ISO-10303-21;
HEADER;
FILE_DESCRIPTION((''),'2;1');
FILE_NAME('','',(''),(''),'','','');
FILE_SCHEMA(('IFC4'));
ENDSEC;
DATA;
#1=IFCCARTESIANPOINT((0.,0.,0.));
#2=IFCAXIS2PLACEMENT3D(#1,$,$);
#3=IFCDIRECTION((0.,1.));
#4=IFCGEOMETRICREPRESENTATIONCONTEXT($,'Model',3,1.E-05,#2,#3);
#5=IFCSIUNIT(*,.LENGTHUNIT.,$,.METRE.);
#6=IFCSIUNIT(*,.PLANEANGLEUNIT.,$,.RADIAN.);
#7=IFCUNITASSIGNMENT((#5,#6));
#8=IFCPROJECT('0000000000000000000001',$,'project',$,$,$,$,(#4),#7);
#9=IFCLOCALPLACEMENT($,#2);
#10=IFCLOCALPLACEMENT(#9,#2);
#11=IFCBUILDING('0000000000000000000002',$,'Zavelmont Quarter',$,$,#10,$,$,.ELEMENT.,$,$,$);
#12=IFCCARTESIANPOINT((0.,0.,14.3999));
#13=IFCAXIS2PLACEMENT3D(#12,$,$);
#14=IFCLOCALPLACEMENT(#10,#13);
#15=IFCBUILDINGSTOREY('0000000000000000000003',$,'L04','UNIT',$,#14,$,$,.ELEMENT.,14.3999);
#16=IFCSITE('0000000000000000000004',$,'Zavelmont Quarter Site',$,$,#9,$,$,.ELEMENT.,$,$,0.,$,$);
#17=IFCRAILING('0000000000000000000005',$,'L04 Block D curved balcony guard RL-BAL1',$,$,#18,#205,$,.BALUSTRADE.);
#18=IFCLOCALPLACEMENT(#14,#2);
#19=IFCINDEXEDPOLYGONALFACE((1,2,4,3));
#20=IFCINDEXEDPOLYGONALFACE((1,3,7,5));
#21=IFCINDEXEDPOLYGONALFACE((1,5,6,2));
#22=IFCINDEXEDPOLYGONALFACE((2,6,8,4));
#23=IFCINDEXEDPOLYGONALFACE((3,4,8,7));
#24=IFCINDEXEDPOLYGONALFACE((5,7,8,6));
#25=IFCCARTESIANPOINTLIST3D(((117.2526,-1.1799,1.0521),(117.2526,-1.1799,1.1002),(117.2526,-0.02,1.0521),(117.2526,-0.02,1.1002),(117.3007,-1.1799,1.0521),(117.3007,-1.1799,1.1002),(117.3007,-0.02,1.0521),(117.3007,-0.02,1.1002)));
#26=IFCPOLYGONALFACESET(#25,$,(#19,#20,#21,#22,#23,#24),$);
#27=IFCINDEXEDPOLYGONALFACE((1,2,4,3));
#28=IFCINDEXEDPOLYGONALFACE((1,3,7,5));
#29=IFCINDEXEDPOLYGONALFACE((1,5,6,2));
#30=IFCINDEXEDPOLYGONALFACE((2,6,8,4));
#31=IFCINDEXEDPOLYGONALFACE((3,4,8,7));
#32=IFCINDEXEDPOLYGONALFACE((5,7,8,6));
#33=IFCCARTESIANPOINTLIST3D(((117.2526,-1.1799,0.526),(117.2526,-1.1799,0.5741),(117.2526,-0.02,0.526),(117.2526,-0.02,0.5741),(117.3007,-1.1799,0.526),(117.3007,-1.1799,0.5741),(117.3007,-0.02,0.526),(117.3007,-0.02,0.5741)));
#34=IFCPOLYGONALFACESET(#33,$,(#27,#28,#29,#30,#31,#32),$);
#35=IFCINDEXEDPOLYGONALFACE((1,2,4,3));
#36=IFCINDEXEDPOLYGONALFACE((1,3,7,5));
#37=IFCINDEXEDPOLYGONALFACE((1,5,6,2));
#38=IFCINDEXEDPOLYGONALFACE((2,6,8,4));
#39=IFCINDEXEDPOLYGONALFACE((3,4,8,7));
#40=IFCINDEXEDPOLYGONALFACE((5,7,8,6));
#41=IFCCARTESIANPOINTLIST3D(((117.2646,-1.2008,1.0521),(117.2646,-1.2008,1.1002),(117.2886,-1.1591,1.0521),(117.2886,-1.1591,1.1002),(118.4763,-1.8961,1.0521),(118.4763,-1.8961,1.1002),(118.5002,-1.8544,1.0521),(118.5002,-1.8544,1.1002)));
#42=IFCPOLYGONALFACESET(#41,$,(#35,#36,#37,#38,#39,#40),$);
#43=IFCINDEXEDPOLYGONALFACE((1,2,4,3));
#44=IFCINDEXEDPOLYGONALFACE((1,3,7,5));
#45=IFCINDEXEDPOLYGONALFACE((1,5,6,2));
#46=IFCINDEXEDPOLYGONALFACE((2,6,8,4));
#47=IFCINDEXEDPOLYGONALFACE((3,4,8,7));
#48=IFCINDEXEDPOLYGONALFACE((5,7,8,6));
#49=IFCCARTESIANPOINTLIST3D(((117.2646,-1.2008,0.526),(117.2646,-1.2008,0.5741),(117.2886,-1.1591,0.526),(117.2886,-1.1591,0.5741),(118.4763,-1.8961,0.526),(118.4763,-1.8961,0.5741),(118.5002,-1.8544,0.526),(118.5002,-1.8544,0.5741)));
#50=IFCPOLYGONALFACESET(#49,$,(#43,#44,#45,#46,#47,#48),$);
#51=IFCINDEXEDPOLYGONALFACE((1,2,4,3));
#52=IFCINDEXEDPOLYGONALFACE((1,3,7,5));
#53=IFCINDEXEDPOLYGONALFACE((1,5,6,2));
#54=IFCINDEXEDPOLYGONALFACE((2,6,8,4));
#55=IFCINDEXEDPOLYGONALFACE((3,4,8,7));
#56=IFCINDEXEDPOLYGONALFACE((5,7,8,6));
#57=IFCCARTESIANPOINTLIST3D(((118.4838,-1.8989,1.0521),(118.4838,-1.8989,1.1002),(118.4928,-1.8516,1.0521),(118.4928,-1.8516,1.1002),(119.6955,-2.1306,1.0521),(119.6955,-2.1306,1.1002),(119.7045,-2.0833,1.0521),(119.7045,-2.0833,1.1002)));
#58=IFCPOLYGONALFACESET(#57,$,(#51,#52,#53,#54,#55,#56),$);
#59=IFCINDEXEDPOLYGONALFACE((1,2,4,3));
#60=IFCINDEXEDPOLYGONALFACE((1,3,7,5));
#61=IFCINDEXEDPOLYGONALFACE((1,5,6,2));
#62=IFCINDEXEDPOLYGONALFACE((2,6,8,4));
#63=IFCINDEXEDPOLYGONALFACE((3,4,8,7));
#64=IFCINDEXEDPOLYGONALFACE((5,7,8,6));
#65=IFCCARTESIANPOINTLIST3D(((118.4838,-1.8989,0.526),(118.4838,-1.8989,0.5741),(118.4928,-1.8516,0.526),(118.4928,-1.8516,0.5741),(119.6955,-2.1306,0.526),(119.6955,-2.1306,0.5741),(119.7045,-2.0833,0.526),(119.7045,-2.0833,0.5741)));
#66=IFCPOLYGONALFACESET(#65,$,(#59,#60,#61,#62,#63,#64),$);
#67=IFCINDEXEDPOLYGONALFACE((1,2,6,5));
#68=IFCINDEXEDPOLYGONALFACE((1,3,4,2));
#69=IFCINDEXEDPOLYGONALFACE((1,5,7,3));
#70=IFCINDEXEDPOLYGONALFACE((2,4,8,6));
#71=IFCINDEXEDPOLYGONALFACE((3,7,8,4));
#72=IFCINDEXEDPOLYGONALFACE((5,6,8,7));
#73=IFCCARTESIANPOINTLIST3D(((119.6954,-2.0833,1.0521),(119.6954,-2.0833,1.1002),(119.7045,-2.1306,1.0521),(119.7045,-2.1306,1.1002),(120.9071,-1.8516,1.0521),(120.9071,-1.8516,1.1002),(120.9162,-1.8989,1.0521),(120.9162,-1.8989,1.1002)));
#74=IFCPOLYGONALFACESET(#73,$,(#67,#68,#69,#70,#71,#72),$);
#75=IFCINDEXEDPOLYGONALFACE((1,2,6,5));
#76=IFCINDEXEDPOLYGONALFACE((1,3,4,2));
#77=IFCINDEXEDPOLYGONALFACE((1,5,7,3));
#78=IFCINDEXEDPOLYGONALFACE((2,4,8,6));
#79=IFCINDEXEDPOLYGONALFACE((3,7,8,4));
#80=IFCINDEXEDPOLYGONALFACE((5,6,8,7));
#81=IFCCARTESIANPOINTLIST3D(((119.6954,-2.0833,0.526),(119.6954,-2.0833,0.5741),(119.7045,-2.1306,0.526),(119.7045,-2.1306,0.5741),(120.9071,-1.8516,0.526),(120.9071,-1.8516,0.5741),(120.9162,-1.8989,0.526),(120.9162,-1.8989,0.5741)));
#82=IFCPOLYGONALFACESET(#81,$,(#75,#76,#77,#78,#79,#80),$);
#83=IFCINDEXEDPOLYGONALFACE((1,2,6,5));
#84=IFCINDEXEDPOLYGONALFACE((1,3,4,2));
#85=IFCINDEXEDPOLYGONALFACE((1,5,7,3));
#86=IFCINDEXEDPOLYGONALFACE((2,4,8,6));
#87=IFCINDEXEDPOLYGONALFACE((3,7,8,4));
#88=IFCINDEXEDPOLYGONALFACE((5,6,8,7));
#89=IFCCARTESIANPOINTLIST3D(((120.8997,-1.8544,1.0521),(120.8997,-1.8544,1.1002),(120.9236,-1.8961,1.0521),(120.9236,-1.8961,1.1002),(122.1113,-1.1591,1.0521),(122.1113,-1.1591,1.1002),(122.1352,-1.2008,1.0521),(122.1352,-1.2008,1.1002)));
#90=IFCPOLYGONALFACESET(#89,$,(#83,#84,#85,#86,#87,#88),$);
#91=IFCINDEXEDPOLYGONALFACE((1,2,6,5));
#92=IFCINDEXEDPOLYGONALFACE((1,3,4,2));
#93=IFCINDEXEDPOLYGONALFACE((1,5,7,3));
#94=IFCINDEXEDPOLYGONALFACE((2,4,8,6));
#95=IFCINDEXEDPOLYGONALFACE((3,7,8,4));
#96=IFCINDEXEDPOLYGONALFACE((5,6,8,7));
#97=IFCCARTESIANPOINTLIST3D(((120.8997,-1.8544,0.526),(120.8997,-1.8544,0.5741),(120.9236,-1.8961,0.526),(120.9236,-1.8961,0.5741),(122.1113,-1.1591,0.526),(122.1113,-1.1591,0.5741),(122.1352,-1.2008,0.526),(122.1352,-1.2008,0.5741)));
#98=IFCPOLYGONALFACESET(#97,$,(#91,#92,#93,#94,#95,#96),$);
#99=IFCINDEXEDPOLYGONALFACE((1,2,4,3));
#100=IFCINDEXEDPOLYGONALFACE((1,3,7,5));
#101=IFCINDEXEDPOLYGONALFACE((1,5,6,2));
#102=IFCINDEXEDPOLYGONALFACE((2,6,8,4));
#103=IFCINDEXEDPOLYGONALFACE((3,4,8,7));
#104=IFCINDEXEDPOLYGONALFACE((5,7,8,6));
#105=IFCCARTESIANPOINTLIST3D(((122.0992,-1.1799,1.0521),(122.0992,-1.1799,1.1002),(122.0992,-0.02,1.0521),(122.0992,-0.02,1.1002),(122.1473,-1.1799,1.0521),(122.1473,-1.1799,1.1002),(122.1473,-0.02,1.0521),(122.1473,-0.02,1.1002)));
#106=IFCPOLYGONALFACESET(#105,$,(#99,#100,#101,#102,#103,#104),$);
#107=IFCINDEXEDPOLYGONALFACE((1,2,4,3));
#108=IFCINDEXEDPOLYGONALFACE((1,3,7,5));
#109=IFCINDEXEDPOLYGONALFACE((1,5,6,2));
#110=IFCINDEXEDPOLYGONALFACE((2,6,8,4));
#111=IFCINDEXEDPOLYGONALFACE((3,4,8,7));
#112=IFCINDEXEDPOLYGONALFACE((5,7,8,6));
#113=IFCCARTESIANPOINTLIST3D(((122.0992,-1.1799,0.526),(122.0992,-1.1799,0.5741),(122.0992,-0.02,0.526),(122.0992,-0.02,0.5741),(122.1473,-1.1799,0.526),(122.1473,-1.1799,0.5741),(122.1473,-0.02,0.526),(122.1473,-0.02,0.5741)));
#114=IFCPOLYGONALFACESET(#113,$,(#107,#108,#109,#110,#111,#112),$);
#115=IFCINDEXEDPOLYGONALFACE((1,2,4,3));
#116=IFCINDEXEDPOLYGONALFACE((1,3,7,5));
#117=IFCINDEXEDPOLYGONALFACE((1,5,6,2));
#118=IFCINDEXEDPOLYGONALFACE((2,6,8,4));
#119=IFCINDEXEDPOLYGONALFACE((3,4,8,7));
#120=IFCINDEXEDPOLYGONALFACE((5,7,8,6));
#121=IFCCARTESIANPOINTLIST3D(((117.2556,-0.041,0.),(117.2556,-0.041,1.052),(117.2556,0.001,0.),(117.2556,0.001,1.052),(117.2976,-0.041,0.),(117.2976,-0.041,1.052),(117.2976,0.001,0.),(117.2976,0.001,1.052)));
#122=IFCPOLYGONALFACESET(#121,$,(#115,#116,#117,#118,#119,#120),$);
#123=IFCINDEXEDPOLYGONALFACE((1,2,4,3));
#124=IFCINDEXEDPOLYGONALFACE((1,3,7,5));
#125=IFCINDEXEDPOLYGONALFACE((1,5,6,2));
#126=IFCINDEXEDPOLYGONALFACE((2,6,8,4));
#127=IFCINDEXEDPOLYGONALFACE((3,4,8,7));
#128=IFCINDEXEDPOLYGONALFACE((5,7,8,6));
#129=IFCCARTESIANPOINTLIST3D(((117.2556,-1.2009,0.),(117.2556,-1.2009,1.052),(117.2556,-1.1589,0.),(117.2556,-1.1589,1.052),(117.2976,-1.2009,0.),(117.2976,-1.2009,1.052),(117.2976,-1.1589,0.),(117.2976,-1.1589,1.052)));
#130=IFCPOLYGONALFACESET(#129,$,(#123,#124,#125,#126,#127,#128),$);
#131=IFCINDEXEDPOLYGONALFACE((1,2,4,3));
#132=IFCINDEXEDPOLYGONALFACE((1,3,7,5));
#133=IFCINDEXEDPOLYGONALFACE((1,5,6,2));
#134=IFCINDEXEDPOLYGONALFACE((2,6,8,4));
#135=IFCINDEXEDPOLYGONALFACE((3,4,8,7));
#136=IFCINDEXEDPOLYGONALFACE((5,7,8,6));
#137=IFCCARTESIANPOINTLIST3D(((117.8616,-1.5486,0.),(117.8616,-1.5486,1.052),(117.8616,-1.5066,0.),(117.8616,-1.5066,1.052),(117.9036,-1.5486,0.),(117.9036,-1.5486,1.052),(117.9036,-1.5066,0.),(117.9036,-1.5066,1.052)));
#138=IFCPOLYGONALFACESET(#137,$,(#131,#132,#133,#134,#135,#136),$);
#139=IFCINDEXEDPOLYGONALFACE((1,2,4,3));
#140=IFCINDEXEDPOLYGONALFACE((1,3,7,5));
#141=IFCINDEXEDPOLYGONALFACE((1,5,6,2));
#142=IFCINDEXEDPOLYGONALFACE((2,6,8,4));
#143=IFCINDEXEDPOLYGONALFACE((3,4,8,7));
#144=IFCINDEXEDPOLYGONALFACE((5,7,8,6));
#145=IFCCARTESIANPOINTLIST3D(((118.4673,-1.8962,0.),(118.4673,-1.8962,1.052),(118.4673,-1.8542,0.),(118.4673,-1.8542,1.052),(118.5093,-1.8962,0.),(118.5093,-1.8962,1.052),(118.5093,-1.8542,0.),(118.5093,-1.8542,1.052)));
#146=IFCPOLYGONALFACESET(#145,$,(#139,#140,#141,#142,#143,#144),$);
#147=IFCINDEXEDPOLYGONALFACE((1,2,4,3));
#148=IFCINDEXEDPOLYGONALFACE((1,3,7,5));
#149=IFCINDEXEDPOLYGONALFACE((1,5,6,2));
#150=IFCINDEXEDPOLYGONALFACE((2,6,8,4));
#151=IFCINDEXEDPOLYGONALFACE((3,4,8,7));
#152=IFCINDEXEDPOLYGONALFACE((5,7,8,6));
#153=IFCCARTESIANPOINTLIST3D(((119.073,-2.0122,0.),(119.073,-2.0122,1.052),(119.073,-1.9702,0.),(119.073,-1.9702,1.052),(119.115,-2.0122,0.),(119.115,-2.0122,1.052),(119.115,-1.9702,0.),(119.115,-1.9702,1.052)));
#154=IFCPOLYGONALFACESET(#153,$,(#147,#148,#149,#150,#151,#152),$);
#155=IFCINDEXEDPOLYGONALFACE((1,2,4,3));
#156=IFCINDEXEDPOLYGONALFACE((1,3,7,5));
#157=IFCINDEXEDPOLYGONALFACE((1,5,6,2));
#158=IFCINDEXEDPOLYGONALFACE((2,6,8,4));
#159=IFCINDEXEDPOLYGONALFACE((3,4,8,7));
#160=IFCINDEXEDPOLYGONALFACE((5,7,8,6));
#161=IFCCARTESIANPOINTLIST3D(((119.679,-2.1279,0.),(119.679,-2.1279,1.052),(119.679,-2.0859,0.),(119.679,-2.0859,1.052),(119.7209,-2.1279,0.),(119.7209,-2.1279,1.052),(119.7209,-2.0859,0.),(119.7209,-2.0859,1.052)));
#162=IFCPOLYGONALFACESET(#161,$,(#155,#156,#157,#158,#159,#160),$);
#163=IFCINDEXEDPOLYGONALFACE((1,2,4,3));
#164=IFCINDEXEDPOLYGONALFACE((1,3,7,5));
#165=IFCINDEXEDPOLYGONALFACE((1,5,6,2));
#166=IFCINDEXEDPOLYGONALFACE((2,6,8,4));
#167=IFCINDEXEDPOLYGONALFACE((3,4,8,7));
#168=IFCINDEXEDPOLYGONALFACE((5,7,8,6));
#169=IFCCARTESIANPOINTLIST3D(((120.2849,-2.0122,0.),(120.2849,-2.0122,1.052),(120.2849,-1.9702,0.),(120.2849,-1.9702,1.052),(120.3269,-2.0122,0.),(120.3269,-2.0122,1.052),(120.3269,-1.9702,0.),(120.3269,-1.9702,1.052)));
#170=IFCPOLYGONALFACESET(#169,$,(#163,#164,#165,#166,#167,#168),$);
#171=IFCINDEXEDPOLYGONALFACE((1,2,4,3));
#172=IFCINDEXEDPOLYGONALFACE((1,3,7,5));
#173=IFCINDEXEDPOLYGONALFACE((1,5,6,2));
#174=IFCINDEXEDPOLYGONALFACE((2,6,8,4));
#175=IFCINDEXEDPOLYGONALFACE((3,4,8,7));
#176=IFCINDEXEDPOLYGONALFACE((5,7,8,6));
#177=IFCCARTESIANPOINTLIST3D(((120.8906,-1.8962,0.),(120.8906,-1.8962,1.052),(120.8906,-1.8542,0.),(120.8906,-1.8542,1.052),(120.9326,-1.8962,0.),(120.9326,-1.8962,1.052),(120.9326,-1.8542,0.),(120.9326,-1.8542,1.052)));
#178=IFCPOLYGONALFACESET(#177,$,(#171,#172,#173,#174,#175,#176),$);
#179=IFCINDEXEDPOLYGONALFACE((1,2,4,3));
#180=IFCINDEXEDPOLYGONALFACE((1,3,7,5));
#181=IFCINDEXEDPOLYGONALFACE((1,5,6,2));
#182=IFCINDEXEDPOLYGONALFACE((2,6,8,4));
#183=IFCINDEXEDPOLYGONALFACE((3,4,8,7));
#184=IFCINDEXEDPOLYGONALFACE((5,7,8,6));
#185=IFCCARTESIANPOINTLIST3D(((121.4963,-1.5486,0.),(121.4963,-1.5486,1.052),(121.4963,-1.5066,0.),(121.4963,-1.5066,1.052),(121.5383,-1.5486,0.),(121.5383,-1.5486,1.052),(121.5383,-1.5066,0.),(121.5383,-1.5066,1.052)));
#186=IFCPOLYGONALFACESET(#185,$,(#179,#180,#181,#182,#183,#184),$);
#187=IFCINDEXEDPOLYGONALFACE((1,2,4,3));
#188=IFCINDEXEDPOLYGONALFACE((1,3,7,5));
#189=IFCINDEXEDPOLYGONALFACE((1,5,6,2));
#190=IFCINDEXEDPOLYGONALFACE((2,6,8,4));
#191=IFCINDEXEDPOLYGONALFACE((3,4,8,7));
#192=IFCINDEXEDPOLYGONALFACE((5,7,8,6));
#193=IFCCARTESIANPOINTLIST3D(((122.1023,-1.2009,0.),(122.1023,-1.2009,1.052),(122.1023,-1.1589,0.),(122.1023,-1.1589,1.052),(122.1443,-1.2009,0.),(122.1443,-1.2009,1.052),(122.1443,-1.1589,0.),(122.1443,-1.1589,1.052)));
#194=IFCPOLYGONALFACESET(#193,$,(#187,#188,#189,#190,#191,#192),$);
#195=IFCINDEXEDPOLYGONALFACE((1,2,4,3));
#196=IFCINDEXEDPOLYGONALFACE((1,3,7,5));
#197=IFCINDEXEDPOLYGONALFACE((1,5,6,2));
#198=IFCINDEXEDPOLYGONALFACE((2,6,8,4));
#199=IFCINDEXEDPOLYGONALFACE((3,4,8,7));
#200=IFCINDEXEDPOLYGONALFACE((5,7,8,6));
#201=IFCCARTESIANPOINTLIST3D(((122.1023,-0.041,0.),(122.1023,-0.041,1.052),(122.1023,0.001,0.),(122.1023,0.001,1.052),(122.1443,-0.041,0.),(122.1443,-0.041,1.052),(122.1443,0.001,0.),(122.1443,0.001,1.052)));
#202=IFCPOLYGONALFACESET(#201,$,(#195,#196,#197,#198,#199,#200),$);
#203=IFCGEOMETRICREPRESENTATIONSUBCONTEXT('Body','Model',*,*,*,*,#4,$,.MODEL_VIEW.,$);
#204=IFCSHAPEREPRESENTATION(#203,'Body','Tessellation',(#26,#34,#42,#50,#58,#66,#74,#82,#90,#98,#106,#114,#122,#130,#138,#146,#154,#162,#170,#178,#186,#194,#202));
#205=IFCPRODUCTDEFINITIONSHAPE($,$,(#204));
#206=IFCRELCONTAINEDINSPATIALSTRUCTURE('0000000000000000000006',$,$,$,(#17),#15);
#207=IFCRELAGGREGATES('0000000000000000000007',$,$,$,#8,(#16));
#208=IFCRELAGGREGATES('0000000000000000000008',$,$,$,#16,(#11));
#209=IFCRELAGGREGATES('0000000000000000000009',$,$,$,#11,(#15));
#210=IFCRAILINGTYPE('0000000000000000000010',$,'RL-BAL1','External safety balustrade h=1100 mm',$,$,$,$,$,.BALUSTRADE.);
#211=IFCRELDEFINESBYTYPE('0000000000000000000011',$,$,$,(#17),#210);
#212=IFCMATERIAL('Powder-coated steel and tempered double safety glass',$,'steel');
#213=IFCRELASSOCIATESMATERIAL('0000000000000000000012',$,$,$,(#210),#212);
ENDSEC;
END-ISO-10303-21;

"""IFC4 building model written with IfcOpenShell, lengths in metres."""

from ifc_helpers import new_model, si_unit, direction, frame, origin, origin_2d, place, context, subcontext, project, spatial, rectangle, extrude, material, type_object, element, save


model = new_model("IFC4")

# Units and contexts
model_context = context("Model", 3, precision=1e-05, world=origin(), true_north=direction((0.0, 1.0)))
body_context = subcontext(model_context, "Body", "Model", "MODEL_VIEW")
ifc_project = project(units=[si_unit("LENGTHUNIT", "METRE"), si_unit("PLANEANGLEUNIT", "RADIAN")], contexts=[model_context])

# Site, building, storey
site_placement = place(None, origin())
site = spatial("IfcSite", under=ifc_project, at=site_placement, Name="Zavelmont Quarter Site", CompositionType="ELEMENT", RefElevation=0.0)
building_placement = place(site_placement, origin())
building = spatial("IfcBuilding", under=site, at=building_placement, Name="Zavelmont Quarter", CompositionType="ELEMENT")
storey_placement = place(building_placement, frame((0.0, 0.0, 14.3999)))
storey = spatial("IfcBuildingStorey", under=building, at=storey_placement, Name="L04", Description="UNIT", CompositionType="ELEMENT", Elevation=14.3999)

# Railing
ifc_material_1 = material(Name="Powder-coated steel and tempered double safety glass", Category="steel")
railing_type = type_object("IfcRailingType", Name="RL-BAL1", Description="External safety balustrade h=1100 mm", PredefinedType="BALUSTRADE", material=ifc_material_1)
railing_placement = place(storey_placement, frame((117.2766, -0.02, 0.0)))
element("IfcRailing", 1, at=railing_placement, inside=storey, type_object=railing_type, Name="L04 Block D curved balcony guard RL-BAL1", PredefinedType="BALUSTRADE", context=body_context, shape_type="SweptSolid", body=[
    extrude(rectangle(XDim=0.0481, YDim=0.0481, at=origin_2d()), frame((0.0, 0.0, 1.0762), z_axis=(0.0, -1.0, 0.0), x_axis=(1.0, 0.0, 0.0)), (0.0, 0.0, 1.0), 1.1599),
    extrude(rectangle(XDim=0.0481, YDim=0.0481, at=origin_2d()), frame((0.0, 0.0, 0.55), z_axis=(0.0, -1.0, 0.0), x_axis=(1.0, 0.0, 0.0)), (0.0, 0.0, 1.0), 1.1599),
    extrude(rectangle(XDim=0.0481, YDim=0.0481, at=origin_2d()), frame((0.0, -1.1599, 1.0762), z_axis=(0.867338, -0.497719, 0.0), x_axis=(0.497719, 0.867338, 0.0)), (0.0, 0.0, 1.0), 1.397),
    extrude(rectangle(XDim=0.0481, YDim=0.0481, at=origin_2d()), frame((0.0, -1.1599, 0.55), z_axis=(0.867338, -0.497719, 0.0), x_axis=(0.497719, 0.867338, 0.0)), (0.0, 0.0, 1.0), 1.397),
    extrude(rectangle(XDim=0.0481, YDim=0.0481, at=origin_2d()), frame((1.2117, -1.8552, 1.0762), z_axis=(0.982205, -0.187812, 0.0), x_axis=(0.187812, 0.982205, 0.0)), (0.0, 0.0, 1.0), 1.2336),
    extrude(rectangle(XDim=0.0481, YDim=0.0481, at=origin_2d()), frame((1.2117, -1.8552, 0.55), z_axis=(0.982205, -0.187812, 0.0), x_axis=(0.187812, 0.982205, 0.0)), (0.0, 0.0, 1.0), 1.2336),
    extrude(rectangle(XDim=0.0481, YDim=0.0481, at=origin_2d()), frame((2.4233, -2.0869, 1.0762), z_axis=(0.982205, 0.187812, 0.0), x_axis=(-0.187812, 0.982205, 0.0)), (0.0, 0.0, 1.0), 1.2336),
    extrude(rectangle(XDim=0.0481, YDim=0.0481, at=origin_2d()), frame((2.4233, -2.0869, 0.55), z_axis=(0.982205, 0.187812, 0.0), x_axis=(-0.187812, 0.982205, 0.0)), (0.0, 0.0, 1.0), 1.2336),
    extrude(rectangle(XDim=0.0481, YDim=0.0481, at=origin_2d()), frame((3.635, -1.8552, 1.0762), z_axis=(0.867338, 0.497719, 0.0), x_axis=(-0.497719, 0.867338, 0.0)), (0.0, 0.0, 1.0), 1.397),
    extrude(rectangle(XDim=0.0481, YDim=0.0481, at=origin_2d()), frame((3.635, -1.8552, 0.55), z_axis=(0.867338, 0.497719, 0.0), x_axis=(-0.497719, 0.867338, 0.0)), (0.0, 0.0, 1.0), 1.397),
    extrude(rectangle(XDim=0.0481, YDim=0.0481, at=origin_2d()), frame((4.8467, -1.1599, 1.0762), z_axis=(0.0, 1.0, 0.0), x_axis=(-1.0, 0.0, 0.0)), (0.0, 0.0, 1.0), 1.1599),
    extrude(rectangle(XDim=0.0481, YDim=0.0481, at=origin_2d()), frame((4.8467, -1.1599, 0.55), z_axis=(0.0, 1.0, 0.0), x_axis=(-1.0, 0.0, 0.0)), (0.0, 0.0, 1.0), 1.1599),
    extrude(rectangle(XDim=0.042, YDim=0.042, at=origin_2d()), origin(), (0.0, 0.0, 1.0), 1.052),
    extrude(rectangle(XDim=0.042, YDim=0.042, at=origin_2d()), frame((0.0, -1.1599, 0.0)), (0.0, 0.0, 1.0), 1.052),
    extrude(rectangle(XDim=0.042, YDim=0.042, at=origin_2d()), frame((0.606, -1.5076, 0.0)), (0.0, 0.0, 1.0), 1.052),
    extrude(rectangle(XDim=0.042, YDim=0.042, at=origin_2d()), frame((1.2117, -1.8552, 0.0)), (0.0, 0.0, 1.0), 1.052),
    extrude(rectangle(XDim=0.042, YDim=0.042, at=origin_2d()), frame((1.8174, -1.9712, 0.0)), (0.0, 0.0, 1.0), 1.052),
    extrude(rectangle(XDim=0.042, YDim=0.042, at=origin_2d()), frame((2.4233, -2.0869, 0.0)), (0.0, 0.0, 1.0), 1.052),
    extrude(rectangle(XDim=0.042, YDim=0.042, at=origin_2d()), frame((3.0293, -1.9712, 0.0)), (0.0, 0.0, 1.0), 1.052),
    extrude(rectangle(XDim=0.042, YDim=0.042, at=origin_2d()), frame((3.635, -1.8552, 0.0)), (0.0, 0.0, 1.0), 1.052),
    extrude(rectangle(XDim=0.042, YDim=0.042, at=origin_2d()), frame((4.2407, -1.5076, 0.0)), (0.0, 0.0, 1.0), 1.052),
    extrude(rectangle(XDim=0.042, YDim=0.042, at=origin_2d()), frame((4.8467, -1.1599, 0.0)), (0.0, 0.0, 1.0), 1.052),
    extrude(rectangle(XDim=0.042, YDim=0.042, at=origin_2d()), frame((4.8467, 0.0, 0.0)), (0.0, 0.0, 1.0), 1.052),
])

save(model, "model.ifc")
